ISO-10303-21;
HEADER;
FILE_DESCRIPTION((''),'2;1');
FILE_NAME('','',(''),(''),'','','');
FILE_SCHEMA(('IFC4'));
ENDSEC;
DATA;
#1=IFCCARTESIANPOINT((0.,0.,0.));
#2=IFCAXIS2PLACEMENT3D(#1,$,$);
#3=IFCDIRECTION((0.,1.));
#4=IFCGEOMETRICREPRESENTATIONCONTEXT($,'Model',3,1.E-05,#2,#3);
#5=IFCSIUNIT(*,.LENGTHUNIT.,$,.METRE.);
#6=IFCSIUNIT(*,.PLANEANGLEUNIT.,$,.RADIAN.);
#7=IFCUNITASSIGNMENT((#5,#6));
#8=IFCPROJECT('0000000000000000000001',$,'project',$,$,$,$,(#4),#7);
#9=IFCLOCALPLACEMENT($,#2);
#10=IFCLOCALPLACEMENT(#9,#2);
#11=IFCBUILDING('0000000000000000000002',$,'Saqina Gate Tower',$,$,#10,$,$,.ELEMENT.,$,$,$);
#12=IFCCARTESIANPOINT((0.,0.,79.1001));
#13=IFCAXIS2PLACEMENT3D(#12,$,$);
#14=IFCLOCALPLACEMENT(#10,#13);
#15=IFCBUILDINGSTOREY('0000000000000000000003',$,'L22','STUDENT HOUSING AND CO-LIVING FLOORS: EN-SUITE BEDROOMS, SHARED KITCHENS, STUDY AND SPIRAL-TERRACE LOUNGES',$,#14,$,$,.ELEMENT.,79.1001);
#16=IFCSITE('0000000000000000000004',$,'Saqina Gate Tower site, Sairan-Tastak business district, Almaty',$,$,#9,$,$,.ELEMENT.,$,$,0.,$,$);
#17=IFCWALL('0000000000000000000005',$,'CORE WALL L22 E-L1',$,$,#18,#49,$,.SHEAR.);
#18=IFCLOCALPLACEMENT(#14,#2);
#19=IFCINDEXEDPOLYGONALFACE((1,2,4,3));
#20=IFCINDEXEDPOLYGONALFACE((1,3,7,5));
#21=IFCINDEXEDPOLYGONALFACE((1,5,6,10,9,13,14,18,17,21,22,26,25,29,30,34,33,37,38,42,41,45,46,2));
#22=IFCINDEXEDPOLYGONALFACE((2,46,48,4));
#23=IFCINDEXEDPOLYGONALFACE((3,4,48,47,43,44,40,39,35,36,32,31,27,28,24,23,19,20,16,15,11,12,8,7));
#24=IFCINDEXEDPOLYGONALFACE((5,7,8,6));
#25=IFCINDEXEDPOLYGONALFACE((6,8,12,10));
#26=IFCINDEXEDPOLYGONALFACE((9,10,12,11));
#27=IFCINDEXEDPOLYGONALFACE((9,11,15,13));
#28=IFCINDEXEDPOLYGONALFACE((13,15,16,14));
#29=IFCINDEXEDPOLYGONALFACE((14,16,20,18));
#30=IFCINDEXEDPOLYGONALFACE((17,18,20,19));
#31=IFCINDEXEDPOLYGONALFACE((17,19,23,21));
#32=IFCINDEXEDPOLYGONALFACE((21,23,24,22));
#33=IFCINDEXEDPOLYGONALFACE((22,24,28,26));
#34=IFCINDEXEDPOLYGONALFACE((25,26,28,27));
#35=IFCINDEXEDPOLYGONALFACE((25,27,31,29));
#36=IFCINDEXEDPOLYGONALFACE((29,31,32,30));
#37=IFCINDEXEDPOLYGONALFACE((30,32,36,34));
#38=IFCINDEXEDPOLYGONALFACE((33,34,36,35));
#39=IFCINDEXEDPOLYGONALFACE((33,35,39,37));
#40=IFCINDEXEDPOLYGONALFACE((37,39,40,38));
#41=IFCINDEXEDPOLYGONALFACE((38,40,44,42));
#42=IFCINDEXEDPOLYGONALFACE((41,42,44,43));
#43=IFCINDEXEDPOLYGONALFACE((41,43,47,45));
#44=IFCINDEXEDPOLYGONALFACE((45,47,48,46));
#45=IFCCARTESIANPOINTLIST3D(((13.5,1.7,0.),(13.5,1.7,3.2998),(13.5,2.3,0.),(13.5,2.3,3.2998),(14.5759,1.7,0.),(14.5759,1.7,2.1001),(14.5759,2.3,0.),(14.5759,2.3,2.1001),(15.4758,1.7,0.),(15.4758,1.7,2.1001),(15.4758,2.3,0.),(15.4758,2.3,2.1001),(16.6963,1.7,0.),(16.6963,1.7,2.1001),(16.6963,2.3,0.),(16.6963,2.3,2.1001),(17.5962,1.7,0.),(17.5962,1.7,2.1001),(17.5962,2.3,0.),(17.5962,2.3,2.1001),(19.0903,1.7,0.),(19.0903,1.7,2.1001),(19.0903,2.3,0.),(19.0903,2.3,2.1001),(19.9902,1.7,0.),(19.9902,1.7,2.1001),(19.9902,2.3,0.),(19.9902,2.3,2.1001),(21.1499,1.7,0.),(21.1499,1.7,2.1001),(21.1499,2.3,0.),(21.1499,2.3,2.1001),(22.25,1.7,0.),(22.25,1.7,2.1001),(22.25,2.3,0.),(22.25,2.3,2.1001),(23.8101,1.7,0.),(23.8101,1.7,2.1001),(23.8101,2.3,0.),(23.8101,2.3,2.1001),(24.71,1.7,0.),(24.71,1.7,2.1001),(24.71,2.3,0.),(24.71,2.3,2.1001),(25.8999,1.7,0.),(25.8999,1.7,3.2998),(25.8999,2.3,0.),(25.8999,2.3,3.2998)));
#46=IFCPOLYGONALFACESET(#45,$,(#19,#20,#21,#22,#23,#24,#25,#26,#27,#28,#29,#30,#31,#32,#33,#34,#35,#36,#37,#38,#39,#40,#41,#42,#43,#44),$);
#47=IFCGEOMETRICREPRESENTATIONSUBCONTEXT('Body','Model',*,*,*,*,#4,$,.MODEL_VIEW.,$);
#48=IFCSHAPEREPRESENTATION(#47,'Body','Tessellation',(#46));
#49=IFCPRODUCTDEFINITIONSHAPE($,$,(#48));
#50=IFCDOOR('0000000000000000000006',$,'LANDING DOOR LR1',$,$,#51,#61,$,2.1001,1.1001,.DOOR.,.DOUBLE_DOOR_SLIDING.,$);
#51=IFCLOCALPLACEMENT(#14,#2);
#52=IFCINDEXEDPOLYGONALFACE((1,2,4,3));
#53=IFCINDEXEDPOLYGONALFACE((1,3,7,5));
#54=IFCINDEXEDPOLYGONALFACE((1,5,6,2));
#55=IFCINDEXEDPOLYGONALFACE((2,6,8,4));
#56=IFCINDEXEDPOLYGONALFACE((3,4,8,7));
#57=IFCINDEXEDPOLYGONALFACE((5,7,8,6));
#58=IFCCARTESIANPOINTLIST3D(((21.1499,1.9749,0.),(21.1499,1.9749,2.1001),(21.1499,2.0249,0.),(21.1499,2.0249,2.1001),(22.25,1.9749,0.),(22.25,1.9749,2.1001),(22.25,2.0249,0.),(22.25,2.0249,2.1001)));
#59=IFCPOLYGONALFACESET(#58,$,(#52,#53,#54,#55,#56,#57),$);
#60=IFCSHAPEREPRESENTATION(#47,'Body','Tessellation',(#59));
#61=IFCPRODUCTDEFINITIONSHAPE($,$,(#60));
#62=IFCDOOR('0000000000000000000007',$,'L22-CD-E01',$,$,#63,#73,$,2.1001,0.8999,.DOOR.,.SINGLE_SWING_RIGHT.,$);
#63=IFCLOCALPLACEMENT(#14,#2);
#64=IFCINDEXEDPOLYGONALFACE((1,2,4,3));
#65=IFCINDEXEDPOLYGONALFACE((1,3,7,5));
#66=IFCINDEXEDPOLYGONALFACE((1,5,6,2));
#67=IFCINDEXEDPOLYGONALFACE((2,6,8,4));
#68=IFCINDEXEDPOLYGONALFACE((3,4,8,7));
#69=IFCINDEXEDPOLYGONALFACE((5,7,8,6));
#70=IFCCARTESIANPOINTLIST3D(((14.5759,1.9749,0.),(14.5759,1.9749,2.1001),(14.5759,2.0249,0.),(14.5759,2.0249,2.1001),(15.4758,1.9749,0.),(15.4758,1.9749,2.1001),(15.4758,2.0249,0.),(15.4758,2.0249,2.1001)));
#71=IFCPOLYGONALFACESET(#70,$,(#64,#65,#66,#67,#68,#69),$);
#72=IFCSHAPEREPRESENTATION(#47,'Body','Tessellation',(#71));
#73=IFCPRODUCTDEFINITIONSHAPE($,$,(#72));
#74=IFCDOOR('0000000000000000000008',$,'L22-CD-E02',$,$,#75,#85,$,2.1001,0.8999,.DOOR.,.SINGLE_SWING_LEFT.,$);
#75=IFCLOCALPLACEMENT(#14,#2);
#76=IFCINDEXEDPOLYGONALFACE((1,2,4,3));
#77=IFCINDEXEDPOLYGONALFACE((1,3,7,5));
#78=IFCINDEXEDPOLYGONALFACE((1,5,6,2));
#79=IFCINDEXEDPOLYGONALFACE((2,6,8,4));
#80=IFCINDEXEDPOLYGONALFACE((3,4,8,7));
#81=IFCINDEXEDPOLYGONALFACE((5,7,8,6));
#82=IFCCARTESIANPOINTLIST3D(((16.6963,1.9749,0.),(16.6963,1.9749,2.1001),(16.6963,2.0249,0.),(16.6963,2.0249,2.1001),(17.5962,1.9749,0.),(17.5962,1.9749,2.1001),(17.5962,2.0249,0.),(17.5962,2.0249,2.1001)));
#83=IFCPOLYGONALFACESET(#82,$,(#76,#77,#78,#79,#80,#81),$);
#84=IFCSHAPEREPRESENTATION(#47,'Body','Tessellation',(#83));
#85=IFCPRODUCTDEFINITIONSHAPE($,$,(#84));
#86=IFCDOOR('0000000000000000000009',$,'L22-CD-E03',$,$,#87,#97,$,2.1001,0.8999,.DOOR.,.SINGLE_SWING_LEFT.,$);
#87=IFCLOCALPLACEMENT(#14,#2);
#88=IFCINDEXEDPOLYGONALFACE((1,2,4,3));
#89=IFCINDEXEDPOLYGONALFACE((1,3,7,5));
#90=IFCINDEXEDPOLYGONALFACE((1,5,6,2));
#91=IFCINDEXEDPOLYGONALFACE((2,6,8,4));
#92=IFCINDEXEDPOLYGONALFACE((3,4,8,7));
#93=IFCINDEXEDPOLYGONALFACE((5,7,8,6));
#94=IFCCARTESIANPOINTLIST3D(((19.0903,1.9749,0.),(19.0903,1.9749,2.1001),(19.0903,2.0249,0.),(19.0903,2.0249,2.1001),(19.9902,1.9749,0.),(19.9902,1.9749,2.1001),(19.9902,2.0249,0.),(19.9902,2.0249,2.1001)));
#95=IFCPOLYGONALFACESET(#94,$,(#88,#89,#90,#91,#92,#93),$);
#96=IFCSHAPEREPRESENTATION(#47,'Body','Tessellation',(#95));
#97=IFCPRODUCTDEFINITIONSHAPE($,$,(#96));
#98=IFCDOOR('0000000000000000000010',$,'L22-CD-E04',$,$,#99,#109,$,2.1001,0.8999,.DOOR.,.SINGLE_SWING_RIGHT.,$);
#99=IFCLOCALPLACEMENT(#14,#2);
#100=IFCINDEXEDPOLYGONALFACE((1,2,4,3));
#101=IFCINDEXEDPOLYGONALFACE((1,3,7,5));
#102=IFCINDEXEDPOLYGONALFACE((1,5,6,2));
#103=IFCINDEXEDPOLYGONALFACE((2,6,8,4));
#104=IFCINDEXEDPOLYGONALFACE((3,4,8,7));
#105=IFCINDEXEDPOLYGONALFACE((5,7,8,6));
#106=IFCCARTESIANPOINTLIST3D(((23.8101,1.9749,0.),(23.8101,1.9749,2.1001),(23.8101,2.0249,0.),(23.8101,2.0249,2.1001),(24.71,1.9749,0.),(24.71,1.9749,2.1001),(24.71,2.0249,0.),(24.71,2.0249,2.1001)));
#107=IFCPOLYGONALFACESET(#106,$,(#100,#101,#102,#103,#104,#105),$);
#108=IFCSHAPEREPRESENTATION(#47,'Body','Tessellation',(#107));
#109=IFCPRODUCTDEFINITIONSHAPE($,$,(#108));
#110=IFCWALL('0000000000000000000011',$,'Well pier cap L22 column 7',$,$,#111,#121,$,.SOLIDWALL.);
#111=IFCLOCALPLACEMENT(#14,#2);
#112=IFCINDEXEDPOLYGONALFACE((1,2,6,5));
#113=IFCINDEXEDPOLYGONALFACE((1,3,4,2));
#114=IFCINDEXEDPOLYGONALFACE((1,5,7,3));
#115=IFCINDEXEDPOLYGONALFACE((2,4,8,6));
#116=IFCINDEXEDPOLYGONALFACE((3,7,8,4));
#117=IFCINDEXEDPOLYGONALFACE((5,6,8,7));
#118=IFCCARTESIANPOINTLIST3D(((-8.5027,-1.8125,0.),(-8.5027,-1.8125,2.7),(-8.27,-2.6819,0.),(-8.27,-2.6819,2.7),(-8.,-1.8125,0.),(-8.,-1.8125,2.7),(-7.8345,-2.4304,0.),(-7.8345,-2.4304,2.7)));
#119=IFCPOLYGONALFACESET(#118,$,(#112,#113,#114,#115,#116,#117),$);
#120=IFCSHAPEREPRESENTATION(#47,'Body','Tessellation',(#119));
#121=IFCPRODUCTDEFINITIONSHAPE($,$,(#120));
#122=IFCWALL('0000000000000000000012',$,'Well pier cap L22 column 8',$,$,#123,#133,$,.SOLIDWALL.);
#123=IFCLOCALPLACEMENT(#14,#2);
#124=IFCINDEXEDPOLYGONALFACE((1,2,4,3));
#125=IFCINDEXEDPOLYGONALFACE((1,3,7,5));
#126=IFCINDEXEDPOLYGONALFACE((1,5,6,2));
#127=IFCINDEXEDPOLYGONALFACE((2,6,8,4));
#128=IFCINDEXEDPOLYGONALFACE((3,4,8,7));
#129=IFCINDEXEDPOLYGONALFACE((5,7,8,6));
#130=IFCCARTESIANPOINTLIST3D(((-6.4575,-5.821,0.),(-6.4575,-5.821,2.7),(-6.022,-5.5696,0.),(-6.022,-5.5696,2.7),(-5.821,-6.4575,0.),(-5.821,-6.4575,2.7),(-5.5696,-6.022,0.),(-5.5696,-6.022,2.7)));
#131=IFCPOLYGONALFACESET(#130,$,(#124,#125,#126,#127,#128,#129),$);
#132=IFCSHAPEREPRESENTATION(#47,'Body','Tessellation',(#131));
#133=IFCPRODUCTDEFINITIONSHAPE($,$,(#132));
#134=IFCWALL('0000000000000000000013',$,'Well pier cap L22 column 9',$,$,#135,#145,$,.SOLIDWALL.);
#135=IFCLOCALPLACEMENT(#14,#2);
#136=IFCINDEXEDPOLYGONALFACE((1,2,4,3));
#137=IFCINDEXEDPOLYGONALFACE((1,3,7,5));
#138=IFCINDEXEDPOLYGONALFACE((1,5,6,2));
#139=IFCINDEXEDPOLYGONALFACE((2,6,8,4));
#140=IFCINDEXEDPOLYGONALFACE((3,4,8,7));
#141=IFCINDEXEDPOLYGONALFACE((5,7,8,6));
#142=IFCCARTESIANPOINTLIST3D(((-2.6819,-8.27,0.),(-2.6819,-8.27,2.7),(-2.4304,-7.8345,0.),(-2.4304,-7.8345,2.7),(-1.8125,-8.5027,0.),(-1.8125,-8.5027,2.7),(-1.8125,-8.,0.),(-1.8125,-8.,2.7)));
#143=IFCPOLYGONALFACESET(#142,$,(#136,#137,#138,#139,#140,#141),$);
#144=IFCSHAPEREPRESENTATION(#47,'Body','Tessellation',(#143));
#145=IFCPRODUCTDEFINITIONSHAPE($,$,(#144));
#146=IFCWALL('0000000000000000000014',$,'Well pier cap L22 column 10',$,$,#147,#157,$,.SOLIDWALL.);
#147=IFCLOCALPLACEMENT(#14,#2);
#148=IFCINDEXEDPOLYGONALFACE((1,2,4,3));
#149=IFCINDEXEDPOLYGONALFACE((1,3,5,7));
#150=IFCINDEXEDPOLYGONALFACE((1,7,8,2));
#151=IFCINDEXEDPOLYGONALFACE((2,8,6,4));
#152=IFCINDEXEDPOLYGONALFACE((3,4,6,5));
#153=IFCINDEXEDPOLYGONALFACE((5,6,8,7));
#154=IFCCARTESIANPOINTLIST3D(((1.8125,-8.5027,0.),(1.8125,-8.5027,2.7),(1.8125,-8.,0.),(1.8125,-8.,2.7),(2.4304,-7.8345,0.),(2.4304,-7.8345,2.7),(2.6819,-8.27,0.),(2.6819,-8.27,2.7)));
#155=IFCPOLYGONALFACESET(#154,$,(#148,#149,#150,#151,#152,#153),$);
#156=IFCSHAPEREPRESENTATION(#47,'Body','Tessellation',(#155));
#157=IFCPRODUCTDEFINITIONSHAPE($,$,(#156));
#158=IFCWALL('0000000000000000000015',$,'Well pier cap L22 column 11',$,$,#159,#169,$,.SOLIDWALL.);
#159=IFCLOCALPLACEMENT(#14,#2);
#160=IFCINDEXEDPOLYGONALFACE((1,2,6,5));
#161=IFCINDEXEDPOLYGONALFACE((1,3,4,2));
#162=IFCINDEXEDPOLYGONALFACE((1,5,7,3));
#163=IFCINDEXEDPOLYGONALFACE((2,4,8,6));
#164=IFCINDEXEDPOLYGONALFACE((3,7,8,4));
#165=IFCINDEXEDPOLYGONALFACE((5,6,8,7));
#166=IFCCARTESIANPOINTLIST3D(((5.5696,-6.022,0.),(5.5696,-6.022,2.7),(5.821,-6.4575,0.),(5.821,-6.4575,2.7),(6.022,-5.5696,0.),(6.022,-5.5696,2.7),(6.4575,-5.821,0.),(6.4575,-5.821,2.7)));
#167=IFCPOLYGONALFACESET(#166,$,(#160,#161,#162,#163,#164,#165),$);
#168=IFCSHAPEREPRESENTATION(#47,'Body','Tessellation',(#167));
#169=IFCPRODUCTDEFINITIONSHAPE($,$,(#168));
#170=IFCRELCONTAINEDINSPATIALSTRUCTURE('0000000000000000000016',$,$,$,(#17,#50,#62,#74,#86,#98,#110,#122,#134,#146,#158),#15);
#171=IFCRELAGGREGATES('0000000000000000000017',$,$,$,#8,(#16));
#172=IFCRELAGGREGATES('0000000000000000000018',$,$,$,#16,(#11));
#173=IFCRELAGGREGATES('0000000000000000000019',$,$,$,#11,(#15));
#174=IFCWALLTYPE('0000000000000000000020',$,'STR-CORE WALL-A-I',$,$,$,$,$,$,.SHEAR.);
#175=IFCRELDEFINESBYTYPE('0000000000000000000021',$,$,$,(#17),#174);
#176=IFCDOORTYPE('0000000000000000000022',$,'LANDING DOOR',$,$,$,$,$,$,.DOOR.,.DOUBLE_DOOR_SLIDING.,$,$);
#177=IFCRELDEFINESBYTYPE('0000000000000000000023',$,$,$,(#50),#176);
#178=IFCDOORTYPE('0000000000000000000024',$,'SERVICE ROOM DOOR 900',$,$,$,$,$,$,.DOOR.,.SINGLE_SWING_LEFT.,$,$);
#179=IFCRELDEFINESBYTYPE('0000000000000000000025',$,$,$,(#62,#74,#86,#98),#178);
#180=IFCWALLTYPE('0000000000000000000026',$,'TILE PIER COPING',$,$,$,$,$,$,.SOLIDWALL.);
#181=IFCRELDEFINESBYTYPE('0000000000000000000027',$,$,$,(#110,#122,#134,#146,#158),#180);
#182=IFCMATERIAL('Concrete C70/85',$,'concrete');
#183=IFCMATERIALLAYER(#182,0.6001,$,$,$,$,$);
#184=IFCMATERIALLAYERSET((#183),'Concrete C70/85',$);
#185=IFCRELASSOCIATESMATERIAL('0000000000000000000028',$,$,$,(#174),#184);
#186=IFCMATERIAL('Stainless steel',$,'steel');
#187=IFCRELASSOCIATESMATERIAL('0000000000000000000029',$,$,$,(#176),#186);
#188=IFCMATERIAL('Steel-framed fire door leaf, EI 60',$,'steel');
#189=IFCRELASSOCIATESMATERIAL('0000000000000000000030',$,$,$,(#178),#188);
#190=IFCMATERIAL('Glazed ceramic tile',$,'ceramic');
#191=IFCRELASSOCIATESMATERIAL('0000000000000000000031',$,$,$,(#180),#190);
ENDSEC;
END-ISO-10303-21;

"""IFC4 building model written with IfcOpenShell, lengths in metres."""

from ifc_helpers import new_model, si_unit, direction, frame, frame_2d, origin, place, context, subcontext, project, spatial, polyline, rectangle, outline, extrude, material, layer, layer_set, type_object, element, fill, save


model = new_model("IFC4")

# Units and contexts
model_context = context("Model", 3, precision=1e-05, world=origin(), true_north=direction((0.0, 1.0)))
body_context = subcontext(model_context, "Body", "Model", "MODEL_VIEW")
ifc_project = project(units=[si_unit("LENGTHUNIT", "METRE"), si_unit("PLANEANGLEUNIT", "RADIAN")], contexts=[model_context])

# Site, building, storey
site_placement = place(None, origin())
site = spatial("IfcSite", under=ifc_project, at=site_placement, Name="Saqina Gate Tower site, Sairan-Tastak business district, Almaty", CompositionType="ELEMENT", RefElevation=0.0)
building_placement = place(site_placement, origin())
building = spatial("IfcBuilding", under=site, at=building_placement, Name="Saqina Gate Tower", CompositionType="ELEMENT")
storey_placement = place(building_placement, frame((0.0, 0.0, 79.1001)))
storey = spatial("IfcBuildingStorey", under=building, at=storey_placement, Name="L22", Description="STUDENT HOUSING AND CO-LIVING FLOORS: EN-SUITE BEDROOMS, SHARED KITCHENS, STUDY AND SPIRAL-TERRACE LOUNGES", CompositionType="ELEMENT", Elevation=79.1001)

# Wall, openings, doors
ifc_material_1 = material(Name="Concrete C70/85", Category="concrete")
ifc_layer_1 = layer(ifc_material_1, 0.6001)
ifc_layer_set_1 = layer_set([ifc_layer_1], Name="Concrete C70/85")
wall_type_1 = type_object("IfcWallType", Name="STR-CORE WALL-A-I", PredefinedType="SHEAR", material=ifc_layer_set_1)
wall_1_placement = place(storey_placement, frame((13.5, 2.0, 0.0), z_axis=(0.0, 0.0, 1.0), x_axis=(1.0, 0.0, 0.0)))
wall_1 = element("IfcWall", 1, at=wall_1_placement, inside=storey, type_object=wall_type_1, Name="CORE WALL L22 E-L1", PredefinedType="SHEAR", context=body_context, shape_type="SweptSolid", body=[
    extrude(rectangle(XDim=12.3999, YDim=0.6001, at=frame_2d((6.2, 0.0))), origin(), (0.0, 0.0, 1.0), 3.2998),
])
opening_1_placement = place(wall_1_placement, frame((7.6499, 0.0, 0.0)))
opening_1 = element("IfcOpeningElement", 2, at=opening_1_placement, cuts=wall_1, PredefinedType="OPENING", context=body_context, shape_type="SweptSolid", body=[
    extrude(rectangle(XDim=1.1001, YDim=2.1001, at=frame_2d((0.55, 1.05))), frame((0.0, 0.312, 0.0), z_axis=(0.0, -1.0, 0.0), x_axis=(1.0, 0.0, 0.0)), (0.0, 0.0, 1.0), 0.624),
])
opening_2_placement = place(wall_1_placement, frame((1.0759, 0.0, 0.0)))
opening_2 = element("IfcOpeningElement", 3, at=opening_2_placement, cuts=wall_1, PredefinedType="OPENING", context=body_context, shape_type="SweptSolid", body=[
    extrude(rectangle(XDim=0.8999, YDim=2.1001, at=frame_2d((0.45, 1.05))), frame((0.0, 0.312, 0.0), z_axis=(0.0, -1.0, 0.0), x_axis=(1.0, 0.0, 0.0)), (0.0, 0.0, 1.0), 0.624),
])
opening_3_placement = place(wall_1_placement, frame((3.1963, 0.0, 0.0)))
opening_3 = element("IfcOpeningElement", 4, at=opening_3_placement, cuts=wall_1, PredefinedType="OPENING", context=body_context, shape_type="SweptSolid", body=[
    extrude(rectangle(XDim=0.8999, YDim=2.1001, at=frame_2d((0.45, 1.05))), frame((0.0, 0.312, 0.0), z_axis=(0.0, -1.0, 0.0), x_axis=(1.0, 0.0, 0.0)), (0.0, 0.0, 1.0), 0.624),
])
opening_4_placement = place(wall_1_placement, frame((5.5903, 0.0, 0.0)))
opening_4 = element("IfcOpeningElement", 5, at=opening_4_placement, cuts=wall_1, PredefinedType="OPENING", context=body_context, shape_type="SweptSolid", body=[
    extrude(rectangle(XDim=0.8999, YDim=2.1001, at=frame_2d((0.45, 1.05))), frame((0.0, 0.312, 0.0), z_axis=(0.0, -1.0, 0.0), x_axis=(1.0, 0.0, 0.0)), (0.0, 0.0, 1.0), 0.624),
])
opening_5_placement = place(wall_1_placement, frame((10.3101, 0.0, 0.0)))
opening_5 = element("IfcOpeningElement", 6, at=opening_5_placement, cuts=wall_1, PredefinedType="OPENING", context=body_context, shape_type="SweptSolid", body=[
    extrude(rectangle(XDim=0.8999, YDim=2.1001, at=frame_2d((0.45, 1.05))), frame((0.0, 0.312, 0.0), z_axis=(0.0, -1.0, 0.0), x_axis=(1.0, 0.0, 0.0)), (0.0, 0.0, 1.0), 0.624),
])
ifc_material_2 = material(Name="Stainless steel", Category="steel")
door_type_1 = type_object("IfcDoorType", Name="LANDING DOOR", OperationType="DOUBLE_DOOR_SLIDING", PredefinedType="DOOR", material=ifc_material_2)
door_1_placement = place(opening_1_placement, origin())
door_1 = element("IfcDoor", 7, at=door_1_placement, inside=storey, type_object=door_type_1, Name="LANDING DOOR LR1", OperationType="DOUBLE_DOOR_SLIDING", OverallHeight=2.1001, OverallWidth=1.1001, PredefinedType="DOOR", context=body_context, shape_type="SweptSolid", body=[
    extrude(rectangle(XDim=1.1001, YDim=2.1001, at=frame_2d((0.55, 1.05))), frame((0.0, 0.0249, 0.0), z_axis=(0.0, -1.0, 0.0), x_axis=(1.0, 0.0, 0.0)), (0.0, 0.0, 1.0), 0.05),
])
fill(opening_1, door_1)
ifc_material_3 = material(Name="Steel-framed fire door leaf, EI 60", Category="steel")
door_type_2 = type_object("IfcDoorType", Name="SERVICE ROOM DOOR 900", OperationType="SINGLE_SWING_LEFT", PredefinedType="DOOR", material=ifc_material_3)
door_2_placement = place(opening_2_placement, origin())
door_2 = element("IfcDoor", 8, at=door_2_placement, inside=storey, type_object=door_type_2, Name="L22-CD-E01", OperationType="SINGLE_SWING_RIGHT", OverallHeight=2.1001, OverallWidth=0.8999, PredefinedType="DOOR", context=body_context, shape_type="SweptSolid", body=[
    extrude(rectangle(XDim=0.8999, YDim=2.1001, at=frame_2d((0.45, 1.05))), frame((0.0, 0.0249, 0.0), z_axis=(0.0, -1.0, 0.0), x_axis=(1.0, 0.0, 0.0)), (0.0, 0.0, 1.0), 0.05),
])
fill(opening_2, door_2)
door_3_placement = place(opening_3_placement, origin())
door_3 = element("IfcDoor", 9, at=door_3_placement, inside=storey, type_object=door_type_2, Name="L22-CD-E02", OperationType="SINGLE_SWING_LEFT", OverallHeight=2.1001, OverallWidth=0.8999, PredefinedType="DOOR", context=body_context, shape_type="SweptSolid", body=[
    extrude(rectangle(XDim=0.8999, YDim=2.1001, at=frame_2d((0.45, 1.05))), frame((0.0, 0.0249, 0.0), z_axis=(0.0, -1.0, 0.0), x_axis=(1.0, 0.0, 0.0)), (0.0, 0.0, 1.0), 0.05),
])
fill(opening_3, door_3)
door_4_placement = place(opening_4_placement, origin())
door_4 = element("IfcDoor", 10, at=door_4_placement, inside=storey, type_object=door_type_2, Name="L22-CD-E03", OperationType="SINGLE_SWING_LEFT", OverallHeight=2.1001, OverallWidth=0.8999, PredefinedType="DOOR", context=body_context, shape_type="SweptSolid", body=[
    extrude(rectangle(XDim=0.8999, YDim=2.1001, at=frame_2d((0.45, 1.05))), frame((0.0, 0.0249, 0.0), z_axis=(0.0, -1.0, 0.0), x_axis=(1.0, 0.0, 0.0)), (0.0, 0.0, 1.0), 0.05),
])
fill(opening_4, door_4)
door_5_placement = place(opening_5_placement, origin())
door_5 = element("IfcDoor", 11, at=door_5_placement, inside=storey, type_object=door_type_2, Name="L22-CD-E04", OperationType="SINGLE_SWING_RIGHT", OverallHeight=2.1001, OverallWidth=0.8999, PredefinedType="DOOR", context=body_context, shape_type="SweptSolid", body=[
    extrude(rectangle(XDim=0.8999, YDim=2.1001, at=frame_2d((0.45, 1.05))), frame((0.0, 0.0249, 0.0), z_axis=(0.0, -1.0, 0.0), x_axis=(1.0, 0.0, 0.0)), (0.0, 0.0, 1.0), 0.05),
])
fill(opening_5, door_5)

# Walls
ifc_material_4 = material(Name="Glazed ceramic tile", Category="ceramic")
wall_type_2 = type_object("IfcWallType", Name="TILE PIER COPING", PredefinedType="SOLIDWALL", material=ifc_material_4)
wall_2_placement = place(storey_placement, origin())
element("IfcWall", 12, at=wall_2_placement, inside=storey, type_object=wall_type_2, Name="Well pier cap L22 column 7", PredefinedType="SOLIDWALL", context=body_context, shape_type="SweptSolid", body=[
    extrude(outline(polyline([(-8.27, -2.6819), (-7.8345, -2.4304), (-8.0, -1.8125), (-8.5027, -1.8125), (-8.27, -2.6819)])), origin(), (0.0, 0.0, 1.0), 2.7),
])
wall_3_placement = place(storey_placement, origin())
element("IfcWall", 13, at=wall_3_placement, inside=storey, type_object=wall_type_2, Name="Well pier cap L22 column 8", PredefinedType="SOLIDWALL", context=body_context, shape_type="SweptSolid", body=[
    extrude(outline(polyline([(-6.4575, -5.821), (-5.821, -6.4575), (-5.5696, -6.022), (-6.022, -5.5696), (-6.4575, -5.821)])), origin(), (0.0, 0.0, 1.0), 2.7),
])
wall_4_placement = place(storey_placement, origin())
element("IfcWall", 14, at=wall_4_placement, inside=storey, type_object=wall_type_2, Name="Well pier cap L22 column 9", PredefinedType="SOLIDWALL", context=body_context, shape_type="SweptSolid", body=[
    extrude(outline(polyline([(-1.8125, -8.5027), (-1.8125, -8.0), (-2.4304, -7.8345), (-2.6819, -8.27), (-1.8125, -8.5027)])), origin(), (0.0, 0.0, 1.0), 2.7),
])
wall_5_placement = place(storey_placement, origin())
element("IfcWall", 15, at=wall_5_placement, inside=storey, type_object=wall_type_2, Name="Well pier cap L22 column 10", PredefinedType="SOLIDWALL", context=body_context, shape_type="SweptSolid", body=[
    extrude(outline(polyline([(2.6819, -8.27), (2.4304, -7.8345), (1.8125, -8.0), (1.8125, -8.5027), (2.6819, -8.27)])), origin(), (0.0, 0.0, 1.0), 2.7),
])
wall_6_placement = place(storey_placement, origin())
element("IfcWall", 16, at=wall_6_placement, inside=storey, type_object=wall_type_2, Name="Well pier cap L22 column 11", PredefinedType="SOLIDWALL", context=body_context, shape_type="SweptSolid", body=[
    extrude(outline(polyline([(5.821, -6.4575), (6.4575, -5.821), (6.022, -5.5696), (5.5696, -6.022), (5.821, -6.4575)])), origin(), (0.0, 0.0, 1.0), 2.7),
])

save(model, "model.ifc")
